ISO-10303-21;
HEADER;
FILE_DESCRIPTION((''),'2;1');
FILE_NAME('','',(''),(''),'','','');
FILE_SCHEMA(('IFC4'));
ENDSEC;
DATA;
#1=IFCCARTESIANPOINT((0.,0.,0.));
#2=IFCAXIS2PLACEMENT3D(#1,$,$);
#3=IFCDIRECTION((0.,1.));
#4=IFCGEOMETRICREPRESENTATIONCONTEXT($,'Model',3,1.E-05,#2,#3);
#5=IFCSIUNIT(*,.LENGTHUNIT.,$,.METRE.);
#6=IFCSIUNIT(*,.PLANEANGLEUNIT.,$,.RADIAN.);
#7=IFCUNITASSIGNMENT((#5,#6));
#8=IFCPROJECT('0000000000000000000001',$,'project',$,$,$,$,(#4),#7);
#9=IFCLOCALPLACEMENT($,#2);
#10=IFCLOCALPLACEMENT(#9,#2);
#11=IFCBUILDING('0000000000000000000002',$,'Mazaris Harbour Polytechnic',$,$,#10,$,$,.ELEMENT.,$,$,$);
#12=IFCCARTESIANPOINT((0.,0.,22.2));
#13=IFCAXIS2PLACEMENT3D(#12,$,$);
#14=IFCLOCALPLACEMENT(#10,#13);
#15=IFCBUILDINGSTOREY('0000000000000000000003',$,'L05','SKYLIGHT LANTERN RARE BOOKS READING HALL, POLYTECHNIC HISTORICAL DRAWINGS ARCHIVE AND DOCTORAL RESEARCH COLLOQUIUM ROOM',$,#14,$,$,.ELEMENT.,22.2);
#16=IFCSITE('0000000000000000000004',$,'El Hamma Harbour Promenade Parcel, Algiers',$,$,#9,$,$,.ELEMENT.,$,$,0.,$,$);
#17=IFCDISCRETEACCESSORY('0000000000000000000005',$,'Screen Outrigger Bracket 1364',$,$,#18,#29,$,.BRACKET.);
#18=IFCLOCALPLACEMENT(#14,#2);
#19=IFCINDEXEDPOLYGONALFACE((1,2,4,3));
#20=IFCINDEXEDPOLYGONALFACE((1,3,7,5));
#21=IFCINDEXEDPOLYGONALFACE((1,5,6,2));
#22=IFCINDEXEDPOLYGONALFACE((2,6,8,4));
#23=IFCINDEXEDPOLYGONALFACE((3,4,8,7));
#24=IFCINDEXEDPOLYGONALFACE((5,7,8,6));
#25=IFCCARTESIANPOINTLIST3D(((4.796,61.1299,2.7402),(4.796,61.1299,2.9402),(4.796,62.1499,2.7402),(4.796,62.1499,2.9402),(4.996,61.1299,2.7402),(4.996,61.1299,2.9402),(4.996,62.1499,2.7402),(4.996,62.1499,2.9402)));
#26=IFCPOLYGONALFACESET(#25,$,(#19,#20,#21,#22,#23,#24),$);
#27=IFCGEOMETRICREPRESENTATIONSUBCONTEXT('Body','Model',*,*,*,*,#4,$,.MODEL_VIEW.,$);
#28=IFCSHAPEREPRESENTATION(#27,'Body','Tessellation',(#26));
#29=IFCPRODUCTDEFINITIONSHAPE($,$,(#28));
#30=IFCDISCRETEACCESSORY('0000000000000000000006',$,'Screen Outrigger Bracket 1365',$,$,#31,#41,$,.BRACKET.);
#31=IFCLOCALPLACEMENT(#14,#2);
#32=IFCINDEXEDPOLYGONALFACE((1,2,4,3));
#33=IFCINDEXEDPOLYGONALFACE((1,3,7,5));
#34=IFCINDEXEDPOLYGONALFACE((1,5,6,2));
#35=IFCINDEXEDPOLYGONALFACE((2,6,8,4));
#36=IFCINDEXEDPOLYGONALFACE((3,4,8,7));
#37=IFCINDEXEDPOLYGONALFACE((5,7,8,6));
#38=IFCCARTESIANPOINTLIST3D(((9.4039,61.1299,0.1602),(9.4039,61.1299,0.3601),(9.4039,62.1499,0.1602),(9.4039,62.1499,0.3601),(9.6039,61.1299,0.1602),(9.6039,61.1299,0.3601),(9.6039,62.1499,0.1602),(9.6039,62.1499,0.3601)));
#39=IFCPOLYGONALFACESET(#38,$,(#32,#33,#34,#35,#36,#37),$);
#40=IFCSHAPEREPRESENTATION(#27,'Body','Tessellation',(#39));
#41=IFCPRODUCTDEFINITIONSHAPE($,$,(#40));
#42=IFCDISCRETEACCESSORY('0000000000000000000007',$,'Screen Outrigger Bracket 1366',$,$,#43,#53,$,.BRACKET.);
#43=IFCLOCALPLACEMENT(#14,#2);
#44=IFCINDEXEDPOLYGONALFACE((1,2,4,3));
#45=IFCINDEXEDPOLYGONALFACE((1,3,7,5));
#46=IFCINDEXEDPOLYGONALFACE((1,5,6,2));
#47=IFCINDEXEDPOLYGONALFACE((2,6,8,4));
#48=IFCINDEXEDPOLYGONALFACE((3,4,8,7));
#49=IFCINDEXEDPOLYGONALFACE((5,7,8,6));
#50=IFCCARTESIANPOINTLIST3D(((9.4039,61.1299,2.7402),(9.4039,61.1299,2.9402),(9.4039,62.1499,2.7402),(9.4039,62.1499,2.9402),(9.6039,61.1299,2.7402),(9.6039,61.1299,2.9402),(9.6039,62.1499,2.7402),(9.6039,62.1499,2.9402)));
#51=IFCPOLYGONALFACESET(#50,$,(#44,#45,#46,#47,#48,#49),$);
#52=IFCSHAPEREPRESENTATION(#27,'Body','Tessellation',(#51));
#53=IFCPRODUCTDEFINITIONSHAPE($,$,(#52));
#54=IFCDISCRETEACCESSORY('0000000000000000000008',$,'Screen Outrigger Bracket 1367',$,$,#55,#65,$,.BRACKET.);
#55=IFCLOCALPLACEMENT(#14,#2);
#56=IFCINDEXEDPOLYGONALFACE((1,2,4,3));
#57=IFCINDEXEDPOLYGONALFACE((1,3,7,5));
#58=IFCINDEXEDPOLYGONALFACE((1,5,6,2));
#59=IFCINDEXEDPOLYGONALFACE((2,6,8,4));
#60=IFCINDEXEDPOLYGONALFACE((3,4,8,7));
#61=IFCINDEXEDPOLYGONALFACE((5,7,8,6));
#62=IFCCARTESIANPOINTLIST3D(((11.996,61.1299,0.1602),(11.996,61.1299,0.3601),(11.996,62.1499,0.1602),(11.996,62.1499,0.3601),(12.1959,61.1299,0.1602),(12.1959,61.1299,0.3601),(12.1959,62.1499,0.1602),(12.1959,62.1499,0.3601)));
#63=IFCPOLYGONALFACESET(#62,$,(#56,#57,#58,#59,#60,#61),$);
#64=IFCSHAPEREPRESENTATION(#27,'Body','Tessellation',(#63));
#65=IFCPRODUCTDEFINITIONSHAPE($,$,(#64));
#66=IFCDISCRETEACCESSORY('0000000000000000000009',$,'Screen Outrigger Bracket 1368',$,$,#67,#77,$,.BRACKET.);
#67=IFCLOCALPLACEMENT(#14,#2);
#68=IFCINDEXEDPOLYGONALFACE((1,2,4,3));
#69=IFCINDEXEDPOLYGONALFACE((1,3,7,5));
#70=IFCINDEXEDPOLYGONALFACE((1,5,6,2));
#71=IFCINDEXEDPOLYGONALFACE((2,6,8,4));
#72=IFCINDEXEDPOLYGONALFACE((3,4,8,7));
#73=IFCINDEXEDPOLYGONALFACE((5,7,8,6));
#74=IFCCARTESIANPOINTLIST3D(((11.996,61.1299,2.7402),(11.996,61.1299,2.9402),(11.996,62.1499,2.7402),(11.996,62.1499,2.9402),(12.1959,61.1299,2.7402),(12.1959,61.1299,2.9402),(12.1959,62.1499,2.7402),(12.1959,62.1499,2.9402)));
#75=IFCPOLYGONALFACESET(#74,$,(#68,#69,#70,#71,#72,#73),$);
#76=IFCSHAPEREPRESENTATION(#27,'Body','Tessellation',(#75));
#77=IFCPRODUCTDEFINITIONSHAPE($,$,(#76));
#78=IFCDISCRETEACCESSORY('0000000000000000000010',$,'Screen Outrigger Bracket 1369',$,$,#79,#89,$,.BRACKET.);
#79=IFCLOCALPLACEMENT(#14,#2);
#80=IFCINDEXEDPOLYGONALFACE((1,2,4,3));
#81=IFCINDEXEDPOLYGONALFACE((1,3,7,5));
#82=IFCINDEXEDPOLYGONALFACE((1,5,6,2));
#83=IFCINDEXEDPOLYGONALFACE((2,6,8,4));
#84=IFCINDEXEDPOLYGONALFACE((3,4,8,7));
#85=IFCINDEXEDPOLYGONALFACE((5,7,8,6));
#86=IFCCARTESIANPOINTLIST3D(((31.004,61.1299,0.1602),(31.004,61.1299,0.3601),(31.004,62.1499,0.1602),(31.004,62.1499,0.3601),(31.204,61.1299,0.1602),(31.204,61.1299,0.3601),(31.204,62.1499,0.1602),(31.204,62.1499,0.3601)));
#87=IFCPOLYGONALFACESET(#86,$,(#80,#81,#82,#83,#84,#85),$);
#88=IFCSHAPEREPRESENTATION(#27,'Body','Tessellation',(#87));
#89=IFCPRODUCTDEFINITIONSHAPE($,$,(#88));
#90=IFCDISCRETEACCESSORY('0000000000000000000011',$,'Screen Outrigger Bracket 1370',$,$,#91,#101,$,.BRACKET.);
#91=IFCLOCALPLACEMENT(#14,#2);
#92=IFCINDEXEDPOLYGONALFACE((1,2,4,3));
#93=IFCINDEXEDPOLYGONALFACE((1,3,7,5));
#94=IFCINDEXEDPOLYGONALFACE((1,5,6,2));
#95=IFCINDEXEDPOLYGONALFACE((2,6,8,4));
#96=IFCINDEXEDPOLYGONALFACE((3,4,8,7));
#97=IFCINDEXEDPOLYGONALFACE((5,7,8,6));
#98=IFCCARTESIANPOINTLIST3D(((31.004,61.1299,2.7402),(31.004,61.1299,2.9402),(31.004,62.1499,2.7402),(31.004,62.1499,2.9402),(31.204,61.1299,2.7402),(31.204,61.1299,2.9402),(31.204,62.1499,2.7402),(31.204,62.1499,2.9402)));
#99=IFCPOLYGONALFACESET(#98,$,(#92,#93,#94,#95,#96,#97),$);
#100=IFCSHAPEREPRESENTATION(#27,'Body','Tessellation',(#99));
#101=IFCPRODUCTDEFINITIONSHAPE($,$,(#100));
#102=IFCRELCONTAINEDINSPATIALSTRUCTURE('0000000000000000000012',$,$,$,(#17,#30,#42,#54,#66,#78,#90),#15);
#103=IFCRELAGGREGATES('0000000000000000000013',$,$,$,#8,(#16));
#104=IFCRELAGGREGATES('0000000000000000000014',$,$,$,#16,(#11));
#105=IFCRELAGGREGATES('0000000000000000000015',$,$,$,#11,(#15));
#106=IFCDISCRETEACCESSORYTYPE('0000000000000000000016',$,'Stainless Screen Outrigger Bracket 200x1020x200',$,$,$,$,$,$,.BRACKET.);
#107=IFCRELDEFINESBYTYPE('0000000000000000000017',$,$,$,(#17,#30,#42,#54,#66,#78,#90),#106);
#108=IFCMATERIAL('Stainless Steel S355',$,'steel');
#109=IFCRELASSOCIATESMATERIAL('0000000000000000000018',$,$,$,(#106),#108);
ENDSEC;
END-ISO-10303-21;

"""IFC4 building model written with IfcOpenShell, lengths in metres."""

from ifc_helpers import new_model, si_unit, direction, frame, origin, origin_2d, place, context, subcontext, project, spatial, rectangle, extrude, material, type_object, element, save


model = new_model("IFC4")

# Units and contexts
model_context = context("Model", 3, precision=1e-05, world=origin(), true_north=direction((0.0, 1.0)))
body_context = subcontext(model_context, "Body", "Model", "MODEL_VIEW")
ifc_project = project(units=[si_unit("LENGTHUNIT", "METRE"), si_unit("PLANEANGLEUNIT", "RADIAN")], contexts=[model_context])

# Site, building, storey
site_placement = place(None, origin())
site = spatial("IfcSite", under=ifc_project, at=site_placement, Name="El Hamma Harbour Promenade Parcel, Algiers", CompositionType="ELEMENT", RefElevation=0.0)
building_placement = place(site_placement, origin())
building = spatial("IfcBuilding", under=site, at=building_placement, Name="Mazaris Harbour Polytechnic", CompositionType="ELEMENT")
storey_placement = place(building_placement, frame((0.0, 0.0, 22.2)))
storey = spatial("IfcBuildingStorey", under=building, at=storey_placement, Name="L05", Description="SKYLIGHT LANTERN RARE BOOKS READING HALL, POLYTECHNIC HISTORICAL DRAWINGS ARCHIVE AND DOCTORAL RESEARCH COLLOQUIUM ROOM", CompositionType="ELEMENT", Elevation=22.2)

# Discrete accessories
ifc_material_1 = material(Name="Stainless Steel S355", Category="steel")
discrete_accessory_type = type_object("IfcDiscreteAccessoryType", Name="Stainless Screen Outrigger Bracket 200x1020x200", PredefinedType="BRACKET", material=ifc_material_1)
for number, where, z_axis, x_axis, name in (
    (1, (4.896, 61.6399, 2.7402), (0.0, 0.0, 1.0), (1.0, 0.0, 0.0), "Screen Outrigger Bracket 1364"),
    (2, (9.5039, 61.6399, 0.1602), (0.0, 0.0, 1.0), (1.0, 0.0, 0.0), "Screen Outrigger Bracket 1365"),
    (3, (9.5039, 61.6399, 2.7402), (0.0, 0.0, 1.0), (1.0, 0.0, 0.0), "Screen Outrigger Bracket 1366"),
    (4, (12.0959, 61.6399, 0.1602), (0.0, 0.0, 1.0), (1.0, 0.0, 0.0), "Screen Outrigger Bracket 1367"),
    (5, (12.0959, 61.6399, 2.7402), (0.0, 0.0, 1.0), (1.0, 0.0, 0.0), "Screen Outrigger Bracket 1368"),
    (6, (31.104, 61.6399, 0.1602), (0.0, 0.0, 1.0), (1.0, 0.0, 0.0), "Screen Outrigger Bracket 1369"),
    (7, (31.104, 61.6399, 2.7402), (0.0, 0.0, 1.0), (1.0, 0.0, 0.0), "Screen Outrigger Bracket 1370"),
):
    element("IfcDiscreteAccessory", number, at=place(storey_placement, frame(where, z_axis=z_axis, x_axis=x_axis)), inside=storey, type_object=discrete_accessory_type, Name=name, PredefinedType="BRACKET", context=body_context, shape_type="SweptSolid", body=[
        extrude(rectangle(XDim=0.2, YDim=1.02, at=origin_2d()), origin(), (0.0, 0.0, 1.0), 0.2),
    ])

save(model, "model.ifc")
